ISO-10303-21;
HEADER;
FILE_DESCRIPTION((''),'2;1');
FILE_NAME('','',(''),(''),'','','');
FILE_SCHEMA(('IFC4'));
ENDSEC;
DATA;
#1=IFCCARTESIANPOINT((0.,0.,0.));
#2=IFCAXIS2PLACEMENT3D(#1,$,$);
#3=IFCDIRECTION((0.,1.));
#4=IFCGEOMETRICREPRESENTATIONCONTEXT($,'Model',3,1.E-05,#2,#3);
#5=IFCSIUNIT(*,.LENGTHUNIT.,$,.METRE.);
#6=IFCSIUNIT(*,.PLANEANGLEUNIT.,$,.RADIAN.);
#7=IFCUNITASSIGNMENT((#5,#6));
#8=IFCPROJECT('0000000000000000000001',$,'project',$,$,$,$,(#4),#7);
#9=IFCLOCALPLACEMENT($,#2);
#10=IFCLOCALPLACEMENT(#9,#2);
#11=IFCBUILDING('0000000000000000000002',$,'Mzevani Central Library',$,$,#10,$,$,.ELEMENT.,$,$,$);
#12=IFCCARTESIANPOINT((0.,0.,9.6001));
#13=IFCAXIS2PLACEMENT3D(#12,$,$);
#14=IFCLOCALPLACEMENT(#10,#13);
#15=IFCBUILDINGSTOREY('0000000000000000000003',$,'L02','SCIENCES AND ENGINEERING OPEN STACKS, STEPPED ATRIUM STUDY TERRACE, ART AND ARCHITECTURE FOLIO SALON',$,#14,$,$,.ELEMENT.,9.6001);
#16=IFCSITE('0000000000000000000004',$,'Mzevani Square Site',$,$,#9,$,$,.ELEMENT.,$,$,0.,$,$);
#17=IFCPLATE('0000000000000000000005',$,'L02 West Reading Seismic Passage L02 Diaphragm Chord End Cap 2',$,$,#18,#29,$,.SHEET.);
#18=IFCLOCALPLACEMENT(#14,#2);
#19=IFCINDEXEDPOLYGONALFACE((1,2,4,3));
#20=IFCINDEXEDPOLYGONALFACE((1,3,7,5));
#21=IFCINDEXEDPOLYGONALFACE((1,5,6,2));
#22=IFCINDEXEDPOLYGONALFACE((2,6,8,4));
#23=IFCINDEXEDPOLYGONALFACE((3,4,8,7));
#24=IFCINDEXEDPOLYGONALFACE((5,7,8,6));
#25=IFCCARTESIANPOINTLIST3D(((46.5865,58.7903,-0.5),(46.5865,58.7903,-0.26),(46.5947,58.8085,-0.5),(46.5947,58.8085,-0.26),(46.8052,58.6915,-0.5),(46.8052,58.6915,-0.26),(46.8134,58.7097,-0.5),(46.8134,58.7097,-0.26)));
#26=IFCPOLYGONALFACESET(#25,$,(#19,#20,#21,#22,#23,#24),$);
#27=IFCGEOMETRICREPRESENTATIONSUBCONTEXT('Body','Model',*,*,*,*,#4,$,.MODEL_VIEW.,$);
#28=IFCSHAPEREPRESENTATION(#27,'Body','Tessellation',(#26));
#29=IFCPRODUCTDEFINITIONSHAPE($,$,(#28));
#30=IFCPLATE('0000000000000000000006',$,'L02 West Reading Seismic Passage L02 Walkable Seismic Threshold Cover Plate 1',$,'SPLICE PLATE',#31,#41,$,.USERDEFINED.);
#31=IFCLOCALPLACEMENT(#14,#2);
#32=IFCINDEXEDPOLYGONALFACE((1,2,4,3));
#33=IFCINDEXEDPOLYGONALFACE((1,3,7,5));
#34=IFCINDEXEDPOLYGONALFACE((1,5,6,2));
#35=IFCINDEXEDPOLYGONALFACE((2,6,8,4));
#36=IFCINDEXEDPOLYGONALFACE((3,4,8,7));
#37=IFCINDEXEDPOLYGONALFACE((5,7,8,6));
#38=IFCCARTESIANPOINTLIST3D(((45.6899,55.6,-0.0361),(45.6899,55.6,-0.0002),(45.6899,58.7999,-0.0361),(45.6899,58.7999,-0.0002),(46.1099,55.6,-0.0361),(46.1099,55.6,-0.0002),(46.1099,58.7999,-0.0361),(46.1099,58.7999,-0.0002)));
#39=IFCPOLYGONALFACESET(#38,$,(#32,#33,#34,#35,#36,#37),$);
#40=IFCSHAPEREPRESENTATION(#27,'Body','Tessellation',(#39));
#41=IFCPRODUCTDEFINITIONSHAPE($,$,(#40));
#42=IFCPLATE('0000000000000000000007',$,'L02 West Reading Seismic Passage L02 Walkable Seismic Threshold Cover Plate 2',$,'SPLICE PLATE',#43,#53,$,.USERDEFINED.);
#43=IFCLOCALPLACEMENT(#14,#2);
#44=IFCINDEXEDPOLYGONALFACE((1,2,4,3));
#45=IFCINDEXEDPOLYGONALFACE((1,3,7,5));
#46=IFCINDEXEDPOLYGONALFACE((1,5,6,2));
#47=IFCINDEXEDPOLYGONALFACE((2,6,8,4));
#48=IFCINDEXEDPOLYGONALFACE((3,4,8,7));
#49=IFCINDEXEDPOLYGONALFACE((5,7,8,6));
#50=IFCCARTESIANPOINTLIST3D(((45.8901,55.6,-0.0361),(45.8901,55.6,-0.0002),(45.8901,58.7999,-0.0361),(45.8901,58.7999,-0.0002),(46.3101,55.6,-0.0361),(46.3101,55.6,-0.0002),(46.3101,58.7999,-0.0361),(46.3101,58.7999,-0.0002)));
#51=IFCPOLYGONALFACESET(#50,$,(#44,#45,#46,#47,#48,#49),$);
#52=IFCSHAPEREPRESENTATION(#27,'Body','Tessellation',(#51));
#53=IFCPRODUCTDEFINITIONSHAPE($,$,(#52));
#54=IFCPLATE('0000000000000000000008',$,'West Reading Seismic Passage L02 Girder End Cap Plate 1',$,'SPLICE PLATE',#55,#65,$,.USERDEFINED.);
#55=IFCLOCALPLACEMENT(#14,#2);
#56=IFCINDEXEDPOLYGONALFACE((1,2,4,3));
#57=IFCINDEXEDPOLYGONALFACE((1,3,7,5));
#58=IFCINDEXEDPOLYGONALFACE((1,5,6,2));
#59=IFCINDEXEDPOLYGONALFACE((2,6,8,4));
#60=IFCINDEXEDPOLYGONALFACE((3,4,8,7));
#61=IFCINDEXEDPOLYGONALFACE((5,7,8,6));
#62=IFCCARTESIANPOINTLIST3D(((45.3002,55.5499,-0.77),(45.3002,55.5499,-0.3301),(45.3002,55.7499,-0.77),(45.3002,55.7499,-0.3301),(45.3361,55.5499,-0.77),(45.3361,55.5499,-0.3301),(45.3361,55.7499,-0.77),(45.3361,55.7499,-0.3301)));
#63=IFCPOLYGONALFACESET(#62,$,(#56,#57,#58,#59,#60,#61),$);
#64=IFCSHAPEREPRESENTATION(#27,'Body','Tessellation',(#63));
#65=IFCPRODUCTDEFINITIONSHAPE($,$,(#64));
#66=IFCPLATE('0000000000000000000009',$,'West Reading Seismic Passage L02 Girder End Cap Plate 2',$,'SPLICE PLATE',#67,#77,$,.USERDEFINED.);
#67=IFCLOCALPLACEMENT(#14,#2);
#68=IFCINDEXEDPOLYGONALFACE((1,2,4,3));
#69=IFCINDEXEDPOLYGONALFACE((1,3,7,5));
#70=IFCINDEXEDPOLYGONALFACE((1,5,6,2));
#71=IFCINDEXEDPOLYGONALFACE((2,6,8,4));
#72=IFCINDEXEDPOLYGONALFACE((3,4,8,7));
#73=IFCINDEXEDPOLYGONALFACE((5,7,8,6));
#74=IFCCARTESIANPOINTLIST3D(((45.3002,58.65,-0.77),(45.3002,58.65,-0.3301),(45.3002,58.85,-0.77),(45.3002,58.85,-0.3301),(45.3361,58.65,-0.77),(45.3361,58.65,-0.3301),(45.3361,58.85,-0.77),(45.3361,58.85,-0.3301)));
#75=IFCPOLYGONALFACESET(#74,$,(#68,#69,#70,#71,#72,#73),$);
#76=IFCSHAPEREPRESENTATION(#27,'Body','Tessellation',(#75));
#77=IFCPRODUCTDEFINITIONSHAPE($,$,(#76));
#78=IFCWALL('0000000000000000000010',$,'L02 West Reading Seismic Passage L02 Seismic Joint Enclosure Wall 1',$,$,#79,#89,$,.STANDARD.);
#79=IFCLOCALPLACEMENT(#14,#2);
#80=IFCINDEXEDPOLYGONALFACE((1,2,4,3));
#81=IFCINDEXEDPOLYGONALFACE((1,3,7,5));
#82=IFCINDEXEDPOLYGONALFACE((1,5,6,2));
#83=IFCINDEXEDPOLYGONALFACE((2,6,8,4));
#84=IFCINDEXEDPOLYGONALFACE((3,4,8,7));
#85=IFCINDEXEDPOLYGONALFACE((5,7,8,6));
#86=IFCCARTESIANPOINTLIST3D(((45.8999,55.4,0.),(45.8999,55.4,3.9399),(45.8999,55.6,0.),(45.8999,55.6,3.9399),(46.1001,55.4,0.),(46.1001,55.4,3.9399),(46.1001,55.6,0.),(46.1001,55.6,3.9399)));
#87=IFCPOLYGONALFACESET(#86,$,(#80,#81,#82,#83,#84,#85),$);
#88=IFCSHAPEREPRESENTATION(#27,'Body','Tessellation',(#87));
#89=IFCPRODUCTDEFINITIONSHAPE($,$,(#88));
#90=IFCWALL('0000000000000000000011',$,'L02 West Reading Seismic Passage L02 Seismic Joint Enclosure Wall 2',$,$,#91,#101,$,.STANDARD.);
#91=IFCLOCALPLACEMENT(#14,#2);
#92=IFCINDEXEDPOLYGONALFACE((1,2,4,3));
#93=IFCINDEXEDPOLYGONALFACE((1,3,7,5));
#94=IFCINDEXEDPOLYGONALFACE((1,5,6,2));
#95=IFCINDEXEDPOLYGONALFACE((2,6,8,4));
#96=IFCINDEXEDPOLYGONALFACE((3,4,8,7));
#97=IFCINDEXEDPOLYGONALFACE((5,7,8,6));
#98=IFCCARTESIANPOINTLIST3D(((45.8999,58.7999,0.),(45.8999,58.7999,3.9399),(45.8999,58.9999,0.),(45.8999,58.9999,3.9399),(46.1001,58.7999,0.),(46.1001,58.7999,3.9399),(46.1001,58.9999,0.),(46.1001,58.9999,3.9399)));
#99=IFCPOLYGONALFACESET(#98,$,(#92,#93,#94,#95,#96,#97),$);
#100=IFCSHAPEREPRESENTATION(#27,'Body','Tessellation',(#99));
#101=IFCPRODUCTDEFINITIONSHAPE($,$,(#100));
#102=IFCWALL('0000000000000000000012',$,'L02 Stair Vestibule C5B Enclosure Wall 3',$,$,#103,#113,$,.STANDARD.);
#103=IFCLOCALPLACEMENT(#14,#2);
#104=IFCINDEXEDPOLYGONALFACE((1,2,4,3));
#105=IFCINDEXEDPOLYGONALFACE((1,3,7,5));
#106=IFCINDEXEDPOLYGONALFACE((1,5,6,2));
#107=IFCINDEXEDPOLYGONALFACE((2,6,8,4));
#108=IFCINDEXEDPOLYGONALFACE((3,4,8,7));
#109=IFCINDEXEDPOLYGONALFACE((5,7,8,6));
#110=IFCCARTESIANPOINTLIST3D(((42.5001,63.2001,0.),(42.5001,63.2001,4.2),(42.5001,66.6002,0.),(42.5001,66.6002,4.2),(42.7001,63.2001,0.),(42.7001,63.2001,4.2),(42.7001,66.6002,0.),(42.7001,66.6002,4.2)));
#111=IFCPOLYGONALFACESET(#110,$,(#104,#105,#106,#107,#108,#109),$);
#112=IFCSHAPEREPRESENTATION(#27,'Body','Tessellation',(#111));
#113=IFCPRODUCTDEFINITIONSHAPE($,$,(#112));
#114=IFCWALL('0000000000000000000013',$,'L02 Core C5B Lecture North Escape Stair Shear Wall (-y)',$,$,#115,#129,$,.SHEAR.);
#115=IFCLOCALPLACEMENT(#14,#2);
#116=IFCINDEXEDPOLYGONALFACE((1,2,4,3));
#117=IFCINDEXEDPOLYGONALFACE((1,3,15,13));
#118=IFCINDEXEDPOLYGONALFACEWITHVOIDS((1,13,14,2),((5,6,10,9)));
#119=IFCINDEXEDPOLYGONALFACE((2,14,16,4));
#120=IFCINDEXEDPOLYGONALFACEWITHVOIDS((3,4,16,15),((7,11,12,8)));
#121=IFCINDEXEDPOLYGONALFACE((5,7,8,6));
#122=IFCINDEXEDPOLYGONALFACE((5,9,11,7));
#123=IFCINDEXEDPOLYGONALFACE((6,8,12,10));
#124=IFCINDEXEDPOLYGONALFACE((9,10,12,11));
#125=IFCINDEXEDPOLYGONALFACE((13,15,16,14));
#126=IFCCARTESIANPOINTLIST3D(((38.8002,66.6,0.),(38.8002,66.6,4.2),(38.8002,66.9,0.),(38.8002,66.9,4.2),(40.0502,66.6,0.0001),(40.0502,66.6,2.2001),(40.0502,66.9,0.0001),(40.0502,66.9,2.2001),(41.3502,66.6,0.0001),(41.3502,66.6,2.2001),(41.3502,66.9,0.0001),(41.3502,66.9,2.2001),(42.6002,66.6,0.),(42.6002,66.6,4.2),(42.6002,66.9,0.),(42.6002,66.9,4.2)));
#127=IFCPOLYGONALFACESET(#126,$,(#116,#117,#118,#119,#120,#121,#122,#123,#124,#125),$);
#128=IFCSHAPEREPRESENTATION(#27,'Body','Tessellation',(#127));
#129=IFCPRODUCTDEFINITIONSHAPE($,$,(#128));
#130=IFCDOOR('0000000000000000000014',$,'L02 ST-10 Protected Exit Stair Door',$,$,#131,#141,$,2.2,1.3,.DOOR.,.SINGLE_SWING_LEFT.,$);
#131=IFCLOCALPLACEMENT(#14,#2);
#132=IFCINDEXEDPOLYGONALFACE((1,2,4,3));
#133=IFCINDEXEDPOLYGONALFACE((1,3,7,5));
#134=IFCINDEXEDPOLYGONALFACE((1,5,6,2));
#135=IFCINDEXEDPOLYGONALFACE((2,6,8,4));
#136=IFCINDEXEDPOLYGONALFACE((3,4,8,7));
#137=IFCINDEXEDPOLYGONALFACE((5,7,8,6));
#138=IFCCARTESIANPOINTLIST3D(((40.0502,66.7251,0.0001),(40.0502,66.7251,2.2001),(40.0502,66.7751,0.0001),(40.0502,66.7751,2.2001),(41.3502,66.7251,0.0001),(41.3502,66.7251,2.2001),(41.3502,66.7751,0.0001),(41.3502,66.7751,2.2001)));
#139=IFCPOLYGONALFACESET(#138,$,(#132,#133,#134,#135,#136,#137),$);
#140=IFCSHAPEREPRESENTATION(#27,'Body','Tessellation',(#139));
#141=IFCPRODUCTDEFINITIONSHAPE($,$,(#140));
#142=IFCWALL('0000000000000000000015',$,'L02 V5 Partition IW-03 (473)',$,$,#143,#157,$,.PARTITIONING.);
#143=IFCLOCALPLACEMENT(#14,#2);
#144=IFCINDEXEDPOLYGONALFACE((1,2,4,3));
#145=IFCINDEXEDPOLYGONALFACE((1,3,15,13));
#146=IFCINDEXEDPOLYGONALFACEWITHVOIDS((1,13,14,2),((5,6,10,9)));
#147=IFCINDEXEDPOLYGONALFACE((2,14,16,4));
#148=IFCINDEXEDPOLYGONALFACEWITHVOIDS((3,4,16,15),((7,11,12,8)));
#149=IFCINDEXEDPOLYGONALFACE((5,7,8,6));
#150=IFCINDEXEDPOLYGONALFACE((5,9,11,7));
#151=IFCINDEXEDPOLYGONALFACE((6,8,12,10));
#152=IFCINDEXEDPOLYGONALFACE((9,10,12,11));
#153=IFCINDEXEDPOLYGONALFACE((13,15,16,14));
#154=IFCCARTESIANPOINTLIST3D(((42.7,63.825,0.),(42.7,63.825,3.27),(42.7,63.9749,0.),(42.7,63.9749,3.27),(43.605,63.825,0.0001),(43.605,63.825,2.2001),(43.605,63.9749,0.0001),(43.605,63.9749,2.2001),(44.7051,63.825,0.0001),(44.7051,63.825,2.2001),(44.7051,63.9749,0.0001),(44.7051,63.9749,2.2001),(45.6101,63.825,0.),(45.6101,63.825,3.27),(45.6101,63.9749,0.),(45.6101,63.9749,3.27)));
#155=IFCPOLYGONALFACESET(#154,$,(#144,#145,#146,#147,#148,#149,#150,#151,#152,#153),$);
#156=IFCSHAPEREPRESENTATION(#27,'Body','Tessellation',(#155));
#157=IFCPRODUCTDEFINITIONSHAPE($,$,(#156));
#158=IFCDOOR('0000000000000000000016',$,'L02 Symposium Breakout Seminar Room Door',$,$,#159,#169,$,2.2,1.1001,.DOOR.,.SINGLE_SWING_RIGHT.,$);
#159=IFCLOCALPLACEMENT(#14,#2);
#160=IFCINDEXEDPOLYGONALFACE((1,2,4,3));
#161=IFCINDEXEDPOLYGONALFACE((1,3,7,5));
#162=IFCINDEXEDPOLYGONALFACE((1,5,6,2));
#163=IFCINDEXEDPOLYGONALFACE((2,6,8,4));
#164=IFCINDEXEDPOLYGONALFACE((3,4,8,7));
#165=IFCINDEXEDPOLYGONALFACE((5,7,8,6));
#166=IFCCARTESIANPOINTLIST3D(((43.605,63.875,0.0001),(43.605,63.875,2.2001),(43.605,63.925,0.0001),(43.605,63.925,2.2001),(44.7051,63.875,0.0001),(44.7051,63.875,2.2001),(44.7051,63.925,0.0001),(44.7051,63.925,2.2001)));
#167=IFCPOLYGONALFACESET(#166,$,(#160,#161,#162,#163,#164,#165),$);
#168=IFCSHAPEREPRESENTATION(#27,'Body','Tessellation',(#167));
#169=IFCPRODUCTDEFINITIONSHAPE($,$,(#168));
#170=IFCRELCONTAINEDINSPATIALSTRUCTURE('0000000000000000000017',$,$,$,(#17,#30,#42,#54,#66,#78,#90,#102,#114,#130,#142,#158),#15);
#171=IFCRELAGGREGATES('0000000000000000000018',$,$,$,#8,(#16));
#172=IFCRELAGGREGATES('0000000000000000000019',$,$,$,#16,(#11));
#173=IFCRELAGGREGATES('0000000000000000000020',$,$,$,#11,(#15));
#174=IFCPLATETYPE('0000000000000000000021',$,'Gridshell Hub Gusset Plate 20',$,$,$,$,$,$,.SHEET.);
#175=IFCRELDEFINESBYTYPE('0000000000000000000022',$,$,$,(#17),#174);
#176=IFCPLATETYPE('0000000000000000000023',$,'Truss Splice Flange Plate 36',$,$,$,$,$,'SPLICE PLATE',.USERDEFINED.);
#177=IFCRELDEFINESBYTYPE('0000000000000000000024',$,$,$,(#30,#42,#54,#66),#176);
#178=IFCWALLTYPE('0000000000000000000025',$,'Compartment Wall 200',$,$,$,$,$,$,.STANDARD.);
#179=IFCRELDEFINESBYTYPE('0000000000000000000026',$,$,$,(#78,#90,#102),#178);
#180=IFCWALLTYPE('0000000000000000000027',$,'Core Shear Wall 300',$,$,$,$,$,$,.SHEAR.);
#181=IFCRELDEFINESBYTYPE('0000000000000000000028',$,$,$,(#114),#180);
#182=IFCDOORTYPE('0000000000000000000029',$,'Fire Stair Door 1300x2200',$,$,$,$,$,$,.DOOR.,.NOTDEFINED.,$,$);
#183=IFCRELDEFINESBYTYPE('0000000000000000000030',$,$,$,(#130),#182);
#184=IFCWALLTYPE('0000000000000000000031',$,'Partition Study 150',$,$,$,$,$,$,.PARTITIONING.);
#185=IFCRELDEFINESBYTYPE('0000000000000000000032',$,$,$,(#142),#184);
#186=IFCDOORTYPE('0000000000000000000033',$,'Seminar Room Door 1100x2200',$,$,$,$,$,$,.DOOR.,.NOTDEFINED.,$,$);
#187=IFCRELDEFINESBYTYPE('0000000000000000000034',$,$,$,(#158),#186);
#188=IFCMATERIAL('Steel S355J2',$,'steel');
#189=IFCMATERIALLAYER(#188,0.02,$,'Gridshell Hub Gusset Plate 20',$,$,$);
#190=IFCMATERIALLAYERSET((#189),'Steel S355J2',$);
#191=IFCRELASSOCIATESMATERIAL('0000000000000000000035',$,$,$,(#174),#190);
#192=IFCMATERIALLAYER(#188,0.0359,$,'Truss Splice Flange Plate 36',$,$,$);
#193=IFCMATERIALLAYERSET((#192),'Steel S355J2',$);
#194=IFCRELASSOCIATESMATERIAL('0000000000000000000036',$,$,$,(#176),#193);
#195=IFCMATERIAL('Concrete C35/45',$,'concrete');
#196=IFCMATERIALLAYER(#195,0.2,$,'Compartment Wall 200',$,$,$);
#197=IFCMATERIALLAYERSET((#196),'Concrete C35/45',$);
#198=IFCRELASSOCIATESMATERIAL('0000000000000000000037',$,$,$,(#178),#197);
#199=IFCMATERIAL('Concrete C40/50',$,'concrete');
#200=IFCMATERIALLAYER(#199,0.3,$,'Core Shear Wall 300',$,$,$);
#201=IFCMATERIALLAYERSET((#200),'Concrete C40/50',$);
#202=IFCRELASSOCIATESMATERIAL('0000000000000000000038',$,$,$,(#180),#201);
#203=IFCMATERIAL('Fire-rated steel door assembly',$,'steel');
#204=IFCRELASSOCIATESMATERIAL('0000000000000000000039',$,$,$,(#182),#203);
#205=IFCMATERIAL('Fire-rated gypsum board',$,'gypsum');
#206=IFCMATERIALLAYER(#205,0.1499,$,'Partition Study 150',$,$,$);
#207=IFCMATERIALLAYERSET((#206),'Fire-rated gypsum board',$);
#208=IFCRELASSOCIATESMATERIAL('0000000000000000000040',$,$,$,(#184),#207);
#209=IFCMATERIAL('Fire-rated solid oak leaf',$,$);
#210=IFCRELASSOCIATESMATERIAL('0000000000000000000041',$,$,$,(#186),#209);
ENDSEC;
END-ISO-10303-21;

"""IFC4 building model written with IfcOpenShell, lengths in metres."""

from ifc_helpers import new_model, si_unit, direction, frame, frame_2d, origin, origin_2d, place, context, subcontext, project, spatial, rectangle, extrude, material, layer, layer_set, type_object, element, fill, save


model = new_model("IFC4")

# Units and contexts
model_context = context("Model", 3, precision=1e-05, world=origin(), true_north=direction((0.0, 1.0)))
body_context = subcontext(model_context, "Body", "Model", "MODEL_VIEW")
ifc_project = project(units=[si_unit("LENGTHUNIT", "METRE"), si_unit("PLANEANGLEUNIT", "RADIAN")], contexts=[model_context])

# Site, building, storey
site_placement = place(None, origin())
site = spatial("IfcSite", under=ifc_project, at=site_placement, Name="Mzevani Square Site", CompositionType="ELEMENT", RefElevation=0.0)
building_placement = place(site_placement, origin())
building = spatial("IfcBuilding", under=site, at=building_placement, Name="Mzevani Central Library", CompositionType="ELEMENT")
storey_placement = place(building_placement, frame((0.0, 0.0, 9.6001)))
storey = spatial("IfcBuildingStorey", under=building, at=storey_placement, Name="L02", Description="SCIENCES AND ENGINEERING OPEN STACKS, STEPPED ATRIUM STUDY TERRACE, ART AND ARCHITECTURE FOLIO SALON", CompositionType="ELEMENT", Elevation=9.6001)

# Shared definitions
ifc_material_1 = material(Name="Steel S355J2", Category="steel")
ifc_material_2 = material(Name="Concrete C40/50", Category="concrete")

# Shared definitions
ifc_material_3 = material(Name="Concrete C35/45", Category="concrete")

# Plates
ifc_layer_1 = layer(ifc_material_1, 0.02, Name="Gridshell Hub Gusset Plate 20")
ifc_layer_set_1 = layer_set([ifc_layer_1], Name="Steel S355J2")
plate_type_1 = type_object("IfcPlateType", Name="Gridshell Hub Gusset Plate 20", PredefinedType="SHEET", material=ifc_layer_set_1)
for number, where, z_axis, x_axis, name in (
    (1, (46.7, 58.75, -0.5), (0.0, 0.0, 1.0), (0.411586, 0.911371, 0.0), "L02 West Reading Seismic Passage L02 Diaphragm Chord End Cap 2"),
):
    element("IfcPlate", number, at=place(storey_placement, frame(where, z_axis=z_axis, x_axis=x_axis)), inside=storey, type_object=plate_type_1, Name=name, PredefinedType="SHEET", context=body_context, shape_type="SweptSolid", body=[
        extrude(rectangle(XDim=0.02, YDim=0.24, at=origin_2d()), origin(), (0.0, 0.0, 1.0), 0.24),
    ])
ifc_layer_2 = layer(ifc_material_1, 0.0359, Name="Truss Splice Flange Plate 36")
ifc_layer_set_2 = layer_set([ifc_layer_2], Name="Steel S355J2")
plate_type_2 = type_object("IfcPlateType", Name="Truss Splice Flange Plate 36", ElementType="SPLICE PLATE", PredefinedType="USERDEFINED", material=ifc_layer_set_2)
for number, where, z_axis, x_axis, name in (
    (2, (45.8999, 57.2, -0.0361), (0.0, 0.0, 1.0), (1.0, 0.0, 0.0), "L02 West Reading Seismic Passage L02 Walkable Seismic Threshold Cover Plate 1"),
    (3, (46.1001, 57.2, -0.0361), (0.0, 0.0, 1.0), (1.0, 0.0, 0.0), "L02 West Reading Seismic Passage L02 Walkable Seismic Threshold Cover Plate 2"),
):
    element("IfcPlate", number, at=place(storey_placement, frame(where, z_axis=z_axis, x_axis=x_axis)), inside=storey, type_object=plate_type_2, Name=name, ObjectType="SPLICE PLATE", PredefinedType="USERDEFINED", context=body_context, shape_type="SweptSolid", body=[
        extrude(rectangle(XDim=0.4199, YDim=3.2, at=origin_2d()), origin(), (0.0, 0.0, 1.0), 0.0359),
    ])
for number, where, z_axis, x_axis, name in (
    (4, (45.3181, 55.6499, -0.77), (0.0, 0.0, 1.0), (1.0, 0.0, 0.0), "West Reading Seismic Passage L02 Girder End Cap Plate 1"),
    (5, (45.3181, 58.75, -0.77), (0.0, 0.0, 1.0), (1.0, 0.0, 0.0), "West Reading Seismic Passage L02 Girder End Cap Plate 2"),
):
    element("IfcPlate", number, at=place(storey_placement, frame(where, z_axis=z_axis, x_axis=x_axis)), inside=storey, type_object=plate_type_2, Name=name, ObjectType="SPLICE PLATE", PredefinedType="USERDEFINED", context=body_context, shape_type="SweptSolid", body=[
        extrude(rectangle(XDim=0.0359, YDim=0.2, at=origin_2d()), origin(), (0.0, 0.0, 1.0), 0.4399),
    ])

# Walls
ifc_layer_3 = layer(ifc_material_3, 0.2, Name="Compartment Wall 200")
ifc_layer_set_3 = layer_set([ifc_layer_3], Name="Concrete C35/45")
wall_type_1 = type_object("IfcWallType", Name="Compartment Wall 200", PredefinedType="STANDARD", material=ifc_layer_set_3)
for number, where, z_axis, x_axis, name in (
    (6, (45.8999, 55.5, 0.0), (0.0, 0.0, 1.0), (1.0, 0.0, 0.0), "L02 West Reading Seismic Passage L02 Seismic Joint Enclosure Wall 1"),
    (7, (45.8999, 58.8999, 0.0), (0.0, 0.0, 1.0), (1.0, 0.0, 0.0), "L02 West Reading Seismic Passage L02 Seismic Joint Enclosure Wall 2"),
):
    element("IfcWall", number, at=place(storey_placement, frame(where, z_axis=z_axis, x_axis=x_axis)), inside=storey, type_object=wall_type_1, Name=name, PredefinedType="STANDARD", context=body_context, shape_type="SweptSolid", body=[
        extrude(rectangle(XDim=0.2002, YDim=0.2, at=frame_2d((0.1001, 0.0))), origin(), (0.0, 0.0, 1.0), 3.9399),
    ])
wall_1_placement = place(storey_placement, frame((42.6001, 63.2, 0.0), z_axis=(0.0, 0.0, 1.0), x_axis=(0.0, 1.0, 0.0)))
element("IfcWall", 8, at=wall_1_placement, inside=storey, type_object=wall_type_1, Name="L02 Stair Vestibule C5B Enclosure Wall 3", PredefinedType="STANDARD", context=body_context, shape_type="SweptSolid", body=[
    extrude(rectangle(XDim=3.4001, YDim=0.2, at=frame_2d((1.7002, 0.0))), origin(), (0.0, 0.0, 1.0), 4.2),
])

# Walls, openings, doors
ifc_layer_4 = layer(ifc_material_2, 0.3, Name="Core Shear Wall 300")
ifc_layer_set_4 = layer_set([ifc_layer_4], Name="Concrete C40/50")
wall_type_2 = type_object("IfcWallType", Name="Core Shear Wall 300", PredefinedType="SHEAR", material=ifc_layer_set_4)
wall_2_placement = place(storey_placement, frame((42.6001, 66.75, 0.0), z_axis=(0.0, 0.0, 1.0), x_axis=(-1.0, 0.0, 0.0)))
wall_2 = element("IfcWall", 9, at=wall_2_placement, inside=storey, type_object=wall_type_2, Name="L02 Core C5B Lecture North Escape Stair Shear Wall (-y)", PredefinedType="SHEAR", context=body_context, shape_type="SweptSolid", body=[
    extrude(rectangle(XDim=3.8, YDim=0.3, at=frame_2d((1.8999, 0.0))), origin(), (0.0, 0.0, 1.0), 4.2),
])
opening_1_placement = place(wall_2_placement, frame((1.25, 0.0, 0.0)))
opening_1 = element("IfcOpeningElement", 10, at=opening_1_placement, cuts=wall_2, PredefinedType="OPENING", context=body_context, shape_type="SweptSolid", body=[
    extrude(rectangle(XDim=1.3, YDim=2.2, at=frame_2d((0.6499, 1.1001))), frame((0.0, 0.1602, 0.0), z_axis=(0.0, -1.0, 0.0), x_axis=(1.0, 0.0, 0.0)), (0.0, 0.0, 1.0), 0.3201),
])
ifc_material_4 = material(Name="Fire-rated steel door assembly", Category="steel")
door_type_1 = type_object("IfcDoorType", Name="Fire Stair Door 1300x2200", OperationType="NOTDEFINED", PredefinedType="DOOR", material=ifc_material_4)
door_1_placement = place(opening_1_placement, origin())
door_1 = element("IfcDoor", 11, at=door_1_placement, inside=storey, type_object=door_type_1, Name="L02 ST-10 Protected Exit Stair Door", OperationType="SINGLE_SWING_LEFT", OverallHeight=2.2, OverallWidth=1.3, PredefinedType="DOOR", context=body_context, shape_type="SweptSolid", body=[
    extrude(rectangle(XDim=1.3, YDim=2.2, at=frame_2d((0.6499, 1.1001))), frame((0.0, 0.0249, 0.0), z_axis=(0.0, -1.0, 0.0), x_axis=(1.0, 0.0, 0.0)), (0.0, 0.0, 1.0), 0.05),
])
fill(opening_1, door_1)
ifc_material_5 = material(Name="Fire-rated gypsum board", Category="gypsum")
ifc_layer_5 = layer(ifc_material_5, 0.1499, Name="Partition Study 150")
ifc_layer_set_5 = layer_set([ifc_layer_5], Name="Fire-rated gypsum board")
wall_type_3 = type_object("IfcWallType", Name="Partition Study 150", PredefinedType="PARTITIONING", material=ifc_layer_set_5)
wall_3_placement = place(storey_placement, frame((45.6101, 63.8999, 0.0), z_axis=(0.0, 0.0, 1.0), x_axis=(-1.0, 0.0, 0.0)))
wall_3 = element("IfcWall", 12, at=wall_3_placement, inside=storey, type_object=wall_type_3, Name="L02 V5 Partition IW-03 (473)", PredefinedType="PARTITIONING", context=body_context, shape_type="SweptSolid", body=[
    extrude(rectangle(XDim=2.9102, YDim=0.1499, at=frame_2d((1.4551, 0.0))), origin(), (0.0, 0.0, 1.0), 3.27),
])
opening_2_placement = place(wall_3_placement, frame((0.905, 0.0, 0.0)))
opening_2 = element("IfcOpeningElement", 13, at=opening_2_placement, cuts=wall_3, PredefinedType="OPENING", context=body_context, shape_type="SweptSolid", body=[
    extrude(rectangle(XDim=1.1001, YDim=2.2, at=frame_2d((0.55, 1.1001))), frame((0.0, 0.085, 0.0), z_axis=(0.0, -1.0, 0.0), x_axis=(1.0, 0.0, 0.0)), (0.0, 0.0, 1.0), 0.1699),
])
ifc_material_6 = material(Name="Fire-rated solid oak leaf")
door_type_2 = type_object("IfcDoorType", Name="Seminar Room Door 1100x2200", OperationType="NOTDEFINED", PredefinedType="DOOR", material=ifc_material_6)
door_2_placement = place(opening_2_placement, origin())
door_2 = element("IfcDoor", 14, at=door_2_placement, inside=storey, type_object=door_type_2, Name="L02 Symposium Breakout Seminar Room Door", OperationType="SINGLE_SWING_RIGHT", OverallHeight=2.2, OverallWidth=1.1001, PredefinedType="DOOR", context=body_context, shape_type="SweptSolid", body=[
    extrude(rectangle(XDim=1.1001, YDim=2.2, at=frame_2d((0.55, 1.1001))), frame((0.0, 0.0249, 0.0), z_axis=(0.0, -1.0, 0.0), x_axis=(1.0, 0.0, 0.0)), (0.0, 0.0, 1.0), 0.05),
])
fill(opening_2, door_2)

save(model, "model.ifc")
